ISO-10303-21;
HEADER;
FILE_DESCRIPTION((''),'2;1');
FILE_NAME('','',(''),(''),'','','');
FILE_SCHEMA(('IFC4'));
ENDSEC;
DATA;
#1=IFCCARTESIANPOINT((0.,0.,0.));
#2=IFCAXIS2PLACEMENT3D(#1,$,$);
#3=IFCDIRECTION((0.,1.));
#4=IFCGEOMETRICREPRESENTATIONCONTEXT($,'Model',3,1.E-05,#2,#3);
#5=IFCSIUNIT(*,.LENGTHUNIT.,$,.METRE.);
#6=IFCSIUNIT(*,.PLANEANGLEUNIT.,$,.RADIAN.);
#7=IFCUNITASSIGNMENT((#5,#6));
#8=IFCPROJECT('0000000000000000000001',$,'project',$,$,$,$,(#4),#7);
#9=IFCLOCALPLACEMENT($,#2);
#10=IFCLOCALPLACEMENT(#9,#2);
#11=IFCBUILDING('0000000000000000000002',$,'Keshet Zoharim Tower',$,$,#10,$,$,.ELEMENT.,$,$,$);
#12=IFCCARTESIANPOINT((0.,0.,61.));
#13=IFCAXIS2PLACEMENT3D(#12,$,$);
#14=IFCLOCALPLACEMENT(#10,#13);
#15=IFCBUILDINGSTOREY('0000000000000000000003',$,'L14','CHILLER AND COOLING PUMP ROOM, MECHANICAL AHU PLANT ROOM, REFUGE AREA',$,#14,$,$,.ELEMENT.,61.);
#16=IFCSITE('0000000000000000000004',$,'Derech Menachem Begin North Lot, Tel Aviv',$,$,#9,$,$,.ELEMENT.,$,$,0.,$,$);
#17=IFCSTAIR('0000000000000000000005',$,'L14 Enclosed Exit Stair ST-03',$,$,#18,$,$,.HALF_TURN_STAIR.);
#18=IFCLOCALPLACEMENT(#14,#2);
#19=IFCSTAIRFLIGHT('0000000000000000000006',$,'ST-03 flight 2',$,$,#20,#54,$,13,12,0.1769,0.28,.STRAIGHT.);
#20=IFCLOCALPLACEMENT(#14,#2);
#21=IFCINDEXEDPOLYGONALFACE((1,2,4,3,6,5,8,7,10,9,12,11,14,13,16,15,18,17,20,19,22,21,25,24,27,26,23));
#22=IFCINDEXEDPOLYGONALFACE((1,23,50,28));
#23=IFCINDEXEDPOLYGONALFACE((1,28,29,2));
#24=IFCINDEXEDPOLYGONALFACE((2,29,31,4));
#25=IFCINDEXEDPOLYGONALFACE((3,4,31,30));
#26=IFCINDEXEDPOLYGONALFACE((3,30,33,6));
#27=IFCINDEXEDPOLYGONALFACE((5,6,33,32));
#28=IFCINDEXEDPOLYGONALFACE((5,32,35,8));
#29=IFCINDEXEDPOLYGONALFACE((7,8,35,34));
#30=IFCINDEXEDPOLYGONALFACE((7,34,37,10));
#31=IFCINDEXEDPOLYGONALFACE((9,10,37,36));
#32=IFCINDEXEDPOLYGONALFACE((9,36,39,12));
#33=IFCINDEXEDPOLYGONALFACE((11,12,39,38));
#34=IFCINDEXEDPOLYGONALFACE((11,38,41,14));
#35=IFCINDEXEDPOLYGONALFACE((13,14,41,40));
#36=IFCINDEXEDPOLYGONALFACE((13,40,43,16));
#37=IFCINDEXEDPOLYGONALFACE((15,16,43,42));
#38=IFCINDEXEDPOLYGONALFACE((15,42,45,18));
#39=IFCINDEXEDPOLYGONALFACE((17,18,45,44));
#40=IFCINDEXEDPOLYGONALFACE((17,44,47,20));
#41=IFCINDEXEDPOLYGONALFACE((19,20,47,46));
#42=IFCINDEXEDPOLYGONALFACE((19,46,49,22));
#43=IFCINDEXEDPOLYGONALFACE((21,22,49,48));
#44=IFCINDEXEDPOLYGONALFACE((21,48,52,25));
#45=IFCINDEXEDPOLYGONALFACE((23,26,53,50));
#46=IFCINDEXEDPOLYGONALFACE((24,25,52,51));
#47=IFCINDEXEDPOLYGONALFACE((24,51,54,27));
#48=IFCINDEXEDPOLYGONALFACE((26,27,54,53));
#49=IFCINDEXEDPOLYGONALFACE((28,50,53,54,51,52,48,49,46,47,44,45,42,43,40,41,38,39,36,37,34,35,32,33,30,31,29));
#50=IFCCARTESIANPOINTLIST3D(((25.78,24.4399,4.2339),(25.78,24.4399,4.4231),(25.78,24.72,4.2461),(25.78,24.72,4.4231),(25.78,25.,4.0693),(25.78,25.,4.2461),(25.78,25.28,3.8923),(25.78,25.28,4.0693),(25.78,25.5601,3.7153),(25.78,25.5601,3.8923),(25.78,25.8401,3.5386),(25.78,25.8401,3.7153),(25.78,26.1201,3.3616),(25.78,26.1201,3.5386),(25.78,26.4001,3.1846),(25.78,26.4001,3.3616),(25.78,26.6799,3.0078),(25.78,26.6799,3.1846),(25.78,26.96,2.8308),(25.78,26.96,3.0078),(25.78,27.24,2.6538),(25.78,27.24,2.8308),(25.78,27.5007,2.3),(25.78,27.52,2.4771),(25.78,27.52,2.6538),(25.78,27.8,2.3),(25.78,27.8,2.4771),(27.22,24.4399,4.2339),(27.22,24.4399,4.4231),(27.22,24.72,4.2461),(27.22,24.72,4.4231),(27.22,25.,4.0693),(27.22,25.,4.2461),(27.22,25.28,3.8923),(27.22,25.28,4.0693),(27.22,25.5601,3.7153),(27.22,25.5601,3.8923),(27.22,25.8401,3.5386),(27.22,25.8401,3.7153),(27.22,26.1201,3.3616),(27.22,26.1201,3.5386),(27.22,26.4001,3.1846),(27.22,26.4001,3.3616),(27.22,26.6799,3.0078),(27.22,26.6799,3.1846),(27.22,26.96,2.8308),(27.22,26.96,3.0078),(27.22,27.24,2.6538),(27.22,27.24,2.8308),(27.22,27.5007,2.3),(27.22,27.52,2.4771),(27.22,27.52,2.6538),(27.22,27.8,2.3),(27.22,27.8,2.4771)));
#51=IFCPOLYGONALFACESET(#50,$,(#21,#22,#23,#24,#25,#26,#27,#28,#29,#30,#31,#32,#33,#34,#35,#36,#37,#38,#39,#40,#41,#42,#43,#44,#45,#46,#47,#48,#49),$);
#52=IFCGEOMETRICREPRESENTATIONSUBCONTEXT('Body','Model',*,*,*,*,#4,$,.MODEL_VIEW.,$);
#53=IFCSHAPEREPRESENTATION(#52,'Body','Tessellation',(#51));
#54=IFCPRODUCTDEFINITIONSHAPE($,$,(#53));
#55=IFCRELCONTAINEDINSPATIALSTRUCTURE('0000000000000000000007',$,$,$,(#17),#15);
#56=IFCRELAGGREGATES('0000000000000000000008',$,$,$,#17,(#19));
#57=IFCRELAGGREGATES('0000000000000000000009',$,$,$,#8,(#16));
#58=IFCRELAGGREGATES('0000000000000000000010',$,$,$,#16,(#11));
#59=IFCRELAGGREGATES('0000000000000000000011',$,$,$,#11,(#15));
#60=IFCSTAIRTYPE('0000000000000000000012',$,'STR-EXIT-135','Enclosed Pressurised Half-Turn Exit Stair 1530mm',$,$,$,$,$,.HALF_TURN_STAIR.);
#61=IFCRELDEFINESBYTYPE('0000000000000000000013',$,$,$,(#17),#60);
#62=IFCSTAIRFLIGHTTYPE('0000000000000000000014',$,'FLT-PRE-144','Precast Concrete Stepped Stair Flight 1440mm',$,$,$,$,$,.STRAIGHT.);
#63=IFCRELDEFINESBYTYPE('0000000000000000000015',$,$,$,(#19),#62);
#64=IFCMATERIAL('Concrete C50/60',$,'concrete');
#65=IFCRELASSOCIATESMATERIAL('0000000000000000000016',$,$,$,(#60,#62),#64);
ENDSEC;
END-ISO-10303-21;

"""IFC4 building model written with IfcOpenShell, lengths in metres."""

from ifc_helpers import new_model, si_unit, direction, frame, origin, place, context, subcontext, project, spatial, polyline, outline, extrude, material, type_object, element, aggregate, save


model = new_model("IFC4")

# Units and contexts
model_context = context("Model", 3, precision=1e-05, world=origin(), true_north=direction((0.0, 1.0)))
body_context = subcontext(model_context, "Body", "Model", "MODEL_VIEW")
ifc_project = project(units=[si_unit("LENGTHUNIT", "METRE"), si_unit("PLANEANGLEUNIT", "RADIAN")], contexts=[model_context])

# Site, building, storey
site_placement = place(None, origin())
site = spatial("IfcSite", under=ifc_project, at=site_placement, Name="Derech Menachem Begin North Lot, Tel Aviv", CompositionType="ELEMENT", RefElevation=0.0)
building_placement = place(site_placement, origin())
building = spatial("IfcBuilding", under=site, at=building_placement, Name="Keshet Zoharim Tower", CompositionType="ELEMENT")
storey_placement = place(building_placement, frame((0.0, 0.0, 61.0)))
storey = spatial("IfcBuildingStorey", under=building, at=storey_placement, Name="L14", Description="CHILLER AND COOLING PUMP ROOM, MECHANICAL AHU PLANT ROOM, REFUGE AREA", CompositionType="ELEMENT", Elevation=61.0)

# Shared definitions
ifc_material_1 = material(Name="Concrete C50/60", Category="concrete")

# Stair, stair flight
stair_type = type_object("IfcStairType", Name="STR-EXIT-135", Description="Enclosed Pressurised Half-Turn Exit Stair 1530mm", PredefinedType="HALF_TURN_STAIR", material=ifc_material_1)
stair_placement = place(storey_placement, origin())
stair = element("IfcStair", 1, at=stair_placement, inside=storey, type_object=stair_type, Name="L14 Enclosed Exit Stair ST-03", PredefinedType="HALF_TURN_STAIR")
stair_flight_type = type_object("IfcStairFlightType", Name="FLT-PRE-144", Description="Precast Concrete Stepped Stair Flight 1440mm", PredefinedType="STRAIGHT", material=ifc_material_1)
stair_flight_placement = place(storey_placement, frame((26.5, 27.8, 2.3), z_axis=(0.0, 0.0, 1.0), x_axis=(0.0, -1.0, 0.0)))
stair_flight = element("IfcStairFlight", 2, at=stair_flight_placement, type_object=stair_flight_type, Name="ST-03 flight 2", NumberOfRisers=13, NumberOfTreads=12, PredefinedType="STRAIGHT", RiserHeight=0.1769, TreadLength=0.28, context=body_context, shape_type="SweptSolid", body=[
    extrude(outline(polyline([(0.0, 0.0), (0.0, 0.177), (0.28, 0.177), (0.28, 0.3538), (0.5601, 0.3538), (0.5601, 0.5308), (0.8401, 0.5308), (0.8401, 0.7078), (1.1201, 0.7078), (1.1201, 0.8845), (1.3999, 0.8845), (1.3999, 1.0615), (1.6799, 1.0615), (1.6799, 1.2385), (1.96, 1.2385), (1.96, 1.4153), (2.24, 1.4153), (2.24, 1.5923), (2.52, 1.5923), (2.52, 1.7693), (2.8, 1.7693), (2.8, 1.946), (3.0801, 1.946), (3.0801, 2.123), (3.3601, 2.123), (3.3601, 2.3), (3.3601, 1.9338), (0.2993, 0.0), (0.0, 0.0)])), frame((0.0, 0.72, 0.0), z_axis=(0.0, -1.0, 0.0), x_axis=(1.0, 0.0, 0.0)), (0.0, 0.0, 1.0), 1.4399),
])
aggregate(stair, [stair_flight])

save(model, "model.ifc")
